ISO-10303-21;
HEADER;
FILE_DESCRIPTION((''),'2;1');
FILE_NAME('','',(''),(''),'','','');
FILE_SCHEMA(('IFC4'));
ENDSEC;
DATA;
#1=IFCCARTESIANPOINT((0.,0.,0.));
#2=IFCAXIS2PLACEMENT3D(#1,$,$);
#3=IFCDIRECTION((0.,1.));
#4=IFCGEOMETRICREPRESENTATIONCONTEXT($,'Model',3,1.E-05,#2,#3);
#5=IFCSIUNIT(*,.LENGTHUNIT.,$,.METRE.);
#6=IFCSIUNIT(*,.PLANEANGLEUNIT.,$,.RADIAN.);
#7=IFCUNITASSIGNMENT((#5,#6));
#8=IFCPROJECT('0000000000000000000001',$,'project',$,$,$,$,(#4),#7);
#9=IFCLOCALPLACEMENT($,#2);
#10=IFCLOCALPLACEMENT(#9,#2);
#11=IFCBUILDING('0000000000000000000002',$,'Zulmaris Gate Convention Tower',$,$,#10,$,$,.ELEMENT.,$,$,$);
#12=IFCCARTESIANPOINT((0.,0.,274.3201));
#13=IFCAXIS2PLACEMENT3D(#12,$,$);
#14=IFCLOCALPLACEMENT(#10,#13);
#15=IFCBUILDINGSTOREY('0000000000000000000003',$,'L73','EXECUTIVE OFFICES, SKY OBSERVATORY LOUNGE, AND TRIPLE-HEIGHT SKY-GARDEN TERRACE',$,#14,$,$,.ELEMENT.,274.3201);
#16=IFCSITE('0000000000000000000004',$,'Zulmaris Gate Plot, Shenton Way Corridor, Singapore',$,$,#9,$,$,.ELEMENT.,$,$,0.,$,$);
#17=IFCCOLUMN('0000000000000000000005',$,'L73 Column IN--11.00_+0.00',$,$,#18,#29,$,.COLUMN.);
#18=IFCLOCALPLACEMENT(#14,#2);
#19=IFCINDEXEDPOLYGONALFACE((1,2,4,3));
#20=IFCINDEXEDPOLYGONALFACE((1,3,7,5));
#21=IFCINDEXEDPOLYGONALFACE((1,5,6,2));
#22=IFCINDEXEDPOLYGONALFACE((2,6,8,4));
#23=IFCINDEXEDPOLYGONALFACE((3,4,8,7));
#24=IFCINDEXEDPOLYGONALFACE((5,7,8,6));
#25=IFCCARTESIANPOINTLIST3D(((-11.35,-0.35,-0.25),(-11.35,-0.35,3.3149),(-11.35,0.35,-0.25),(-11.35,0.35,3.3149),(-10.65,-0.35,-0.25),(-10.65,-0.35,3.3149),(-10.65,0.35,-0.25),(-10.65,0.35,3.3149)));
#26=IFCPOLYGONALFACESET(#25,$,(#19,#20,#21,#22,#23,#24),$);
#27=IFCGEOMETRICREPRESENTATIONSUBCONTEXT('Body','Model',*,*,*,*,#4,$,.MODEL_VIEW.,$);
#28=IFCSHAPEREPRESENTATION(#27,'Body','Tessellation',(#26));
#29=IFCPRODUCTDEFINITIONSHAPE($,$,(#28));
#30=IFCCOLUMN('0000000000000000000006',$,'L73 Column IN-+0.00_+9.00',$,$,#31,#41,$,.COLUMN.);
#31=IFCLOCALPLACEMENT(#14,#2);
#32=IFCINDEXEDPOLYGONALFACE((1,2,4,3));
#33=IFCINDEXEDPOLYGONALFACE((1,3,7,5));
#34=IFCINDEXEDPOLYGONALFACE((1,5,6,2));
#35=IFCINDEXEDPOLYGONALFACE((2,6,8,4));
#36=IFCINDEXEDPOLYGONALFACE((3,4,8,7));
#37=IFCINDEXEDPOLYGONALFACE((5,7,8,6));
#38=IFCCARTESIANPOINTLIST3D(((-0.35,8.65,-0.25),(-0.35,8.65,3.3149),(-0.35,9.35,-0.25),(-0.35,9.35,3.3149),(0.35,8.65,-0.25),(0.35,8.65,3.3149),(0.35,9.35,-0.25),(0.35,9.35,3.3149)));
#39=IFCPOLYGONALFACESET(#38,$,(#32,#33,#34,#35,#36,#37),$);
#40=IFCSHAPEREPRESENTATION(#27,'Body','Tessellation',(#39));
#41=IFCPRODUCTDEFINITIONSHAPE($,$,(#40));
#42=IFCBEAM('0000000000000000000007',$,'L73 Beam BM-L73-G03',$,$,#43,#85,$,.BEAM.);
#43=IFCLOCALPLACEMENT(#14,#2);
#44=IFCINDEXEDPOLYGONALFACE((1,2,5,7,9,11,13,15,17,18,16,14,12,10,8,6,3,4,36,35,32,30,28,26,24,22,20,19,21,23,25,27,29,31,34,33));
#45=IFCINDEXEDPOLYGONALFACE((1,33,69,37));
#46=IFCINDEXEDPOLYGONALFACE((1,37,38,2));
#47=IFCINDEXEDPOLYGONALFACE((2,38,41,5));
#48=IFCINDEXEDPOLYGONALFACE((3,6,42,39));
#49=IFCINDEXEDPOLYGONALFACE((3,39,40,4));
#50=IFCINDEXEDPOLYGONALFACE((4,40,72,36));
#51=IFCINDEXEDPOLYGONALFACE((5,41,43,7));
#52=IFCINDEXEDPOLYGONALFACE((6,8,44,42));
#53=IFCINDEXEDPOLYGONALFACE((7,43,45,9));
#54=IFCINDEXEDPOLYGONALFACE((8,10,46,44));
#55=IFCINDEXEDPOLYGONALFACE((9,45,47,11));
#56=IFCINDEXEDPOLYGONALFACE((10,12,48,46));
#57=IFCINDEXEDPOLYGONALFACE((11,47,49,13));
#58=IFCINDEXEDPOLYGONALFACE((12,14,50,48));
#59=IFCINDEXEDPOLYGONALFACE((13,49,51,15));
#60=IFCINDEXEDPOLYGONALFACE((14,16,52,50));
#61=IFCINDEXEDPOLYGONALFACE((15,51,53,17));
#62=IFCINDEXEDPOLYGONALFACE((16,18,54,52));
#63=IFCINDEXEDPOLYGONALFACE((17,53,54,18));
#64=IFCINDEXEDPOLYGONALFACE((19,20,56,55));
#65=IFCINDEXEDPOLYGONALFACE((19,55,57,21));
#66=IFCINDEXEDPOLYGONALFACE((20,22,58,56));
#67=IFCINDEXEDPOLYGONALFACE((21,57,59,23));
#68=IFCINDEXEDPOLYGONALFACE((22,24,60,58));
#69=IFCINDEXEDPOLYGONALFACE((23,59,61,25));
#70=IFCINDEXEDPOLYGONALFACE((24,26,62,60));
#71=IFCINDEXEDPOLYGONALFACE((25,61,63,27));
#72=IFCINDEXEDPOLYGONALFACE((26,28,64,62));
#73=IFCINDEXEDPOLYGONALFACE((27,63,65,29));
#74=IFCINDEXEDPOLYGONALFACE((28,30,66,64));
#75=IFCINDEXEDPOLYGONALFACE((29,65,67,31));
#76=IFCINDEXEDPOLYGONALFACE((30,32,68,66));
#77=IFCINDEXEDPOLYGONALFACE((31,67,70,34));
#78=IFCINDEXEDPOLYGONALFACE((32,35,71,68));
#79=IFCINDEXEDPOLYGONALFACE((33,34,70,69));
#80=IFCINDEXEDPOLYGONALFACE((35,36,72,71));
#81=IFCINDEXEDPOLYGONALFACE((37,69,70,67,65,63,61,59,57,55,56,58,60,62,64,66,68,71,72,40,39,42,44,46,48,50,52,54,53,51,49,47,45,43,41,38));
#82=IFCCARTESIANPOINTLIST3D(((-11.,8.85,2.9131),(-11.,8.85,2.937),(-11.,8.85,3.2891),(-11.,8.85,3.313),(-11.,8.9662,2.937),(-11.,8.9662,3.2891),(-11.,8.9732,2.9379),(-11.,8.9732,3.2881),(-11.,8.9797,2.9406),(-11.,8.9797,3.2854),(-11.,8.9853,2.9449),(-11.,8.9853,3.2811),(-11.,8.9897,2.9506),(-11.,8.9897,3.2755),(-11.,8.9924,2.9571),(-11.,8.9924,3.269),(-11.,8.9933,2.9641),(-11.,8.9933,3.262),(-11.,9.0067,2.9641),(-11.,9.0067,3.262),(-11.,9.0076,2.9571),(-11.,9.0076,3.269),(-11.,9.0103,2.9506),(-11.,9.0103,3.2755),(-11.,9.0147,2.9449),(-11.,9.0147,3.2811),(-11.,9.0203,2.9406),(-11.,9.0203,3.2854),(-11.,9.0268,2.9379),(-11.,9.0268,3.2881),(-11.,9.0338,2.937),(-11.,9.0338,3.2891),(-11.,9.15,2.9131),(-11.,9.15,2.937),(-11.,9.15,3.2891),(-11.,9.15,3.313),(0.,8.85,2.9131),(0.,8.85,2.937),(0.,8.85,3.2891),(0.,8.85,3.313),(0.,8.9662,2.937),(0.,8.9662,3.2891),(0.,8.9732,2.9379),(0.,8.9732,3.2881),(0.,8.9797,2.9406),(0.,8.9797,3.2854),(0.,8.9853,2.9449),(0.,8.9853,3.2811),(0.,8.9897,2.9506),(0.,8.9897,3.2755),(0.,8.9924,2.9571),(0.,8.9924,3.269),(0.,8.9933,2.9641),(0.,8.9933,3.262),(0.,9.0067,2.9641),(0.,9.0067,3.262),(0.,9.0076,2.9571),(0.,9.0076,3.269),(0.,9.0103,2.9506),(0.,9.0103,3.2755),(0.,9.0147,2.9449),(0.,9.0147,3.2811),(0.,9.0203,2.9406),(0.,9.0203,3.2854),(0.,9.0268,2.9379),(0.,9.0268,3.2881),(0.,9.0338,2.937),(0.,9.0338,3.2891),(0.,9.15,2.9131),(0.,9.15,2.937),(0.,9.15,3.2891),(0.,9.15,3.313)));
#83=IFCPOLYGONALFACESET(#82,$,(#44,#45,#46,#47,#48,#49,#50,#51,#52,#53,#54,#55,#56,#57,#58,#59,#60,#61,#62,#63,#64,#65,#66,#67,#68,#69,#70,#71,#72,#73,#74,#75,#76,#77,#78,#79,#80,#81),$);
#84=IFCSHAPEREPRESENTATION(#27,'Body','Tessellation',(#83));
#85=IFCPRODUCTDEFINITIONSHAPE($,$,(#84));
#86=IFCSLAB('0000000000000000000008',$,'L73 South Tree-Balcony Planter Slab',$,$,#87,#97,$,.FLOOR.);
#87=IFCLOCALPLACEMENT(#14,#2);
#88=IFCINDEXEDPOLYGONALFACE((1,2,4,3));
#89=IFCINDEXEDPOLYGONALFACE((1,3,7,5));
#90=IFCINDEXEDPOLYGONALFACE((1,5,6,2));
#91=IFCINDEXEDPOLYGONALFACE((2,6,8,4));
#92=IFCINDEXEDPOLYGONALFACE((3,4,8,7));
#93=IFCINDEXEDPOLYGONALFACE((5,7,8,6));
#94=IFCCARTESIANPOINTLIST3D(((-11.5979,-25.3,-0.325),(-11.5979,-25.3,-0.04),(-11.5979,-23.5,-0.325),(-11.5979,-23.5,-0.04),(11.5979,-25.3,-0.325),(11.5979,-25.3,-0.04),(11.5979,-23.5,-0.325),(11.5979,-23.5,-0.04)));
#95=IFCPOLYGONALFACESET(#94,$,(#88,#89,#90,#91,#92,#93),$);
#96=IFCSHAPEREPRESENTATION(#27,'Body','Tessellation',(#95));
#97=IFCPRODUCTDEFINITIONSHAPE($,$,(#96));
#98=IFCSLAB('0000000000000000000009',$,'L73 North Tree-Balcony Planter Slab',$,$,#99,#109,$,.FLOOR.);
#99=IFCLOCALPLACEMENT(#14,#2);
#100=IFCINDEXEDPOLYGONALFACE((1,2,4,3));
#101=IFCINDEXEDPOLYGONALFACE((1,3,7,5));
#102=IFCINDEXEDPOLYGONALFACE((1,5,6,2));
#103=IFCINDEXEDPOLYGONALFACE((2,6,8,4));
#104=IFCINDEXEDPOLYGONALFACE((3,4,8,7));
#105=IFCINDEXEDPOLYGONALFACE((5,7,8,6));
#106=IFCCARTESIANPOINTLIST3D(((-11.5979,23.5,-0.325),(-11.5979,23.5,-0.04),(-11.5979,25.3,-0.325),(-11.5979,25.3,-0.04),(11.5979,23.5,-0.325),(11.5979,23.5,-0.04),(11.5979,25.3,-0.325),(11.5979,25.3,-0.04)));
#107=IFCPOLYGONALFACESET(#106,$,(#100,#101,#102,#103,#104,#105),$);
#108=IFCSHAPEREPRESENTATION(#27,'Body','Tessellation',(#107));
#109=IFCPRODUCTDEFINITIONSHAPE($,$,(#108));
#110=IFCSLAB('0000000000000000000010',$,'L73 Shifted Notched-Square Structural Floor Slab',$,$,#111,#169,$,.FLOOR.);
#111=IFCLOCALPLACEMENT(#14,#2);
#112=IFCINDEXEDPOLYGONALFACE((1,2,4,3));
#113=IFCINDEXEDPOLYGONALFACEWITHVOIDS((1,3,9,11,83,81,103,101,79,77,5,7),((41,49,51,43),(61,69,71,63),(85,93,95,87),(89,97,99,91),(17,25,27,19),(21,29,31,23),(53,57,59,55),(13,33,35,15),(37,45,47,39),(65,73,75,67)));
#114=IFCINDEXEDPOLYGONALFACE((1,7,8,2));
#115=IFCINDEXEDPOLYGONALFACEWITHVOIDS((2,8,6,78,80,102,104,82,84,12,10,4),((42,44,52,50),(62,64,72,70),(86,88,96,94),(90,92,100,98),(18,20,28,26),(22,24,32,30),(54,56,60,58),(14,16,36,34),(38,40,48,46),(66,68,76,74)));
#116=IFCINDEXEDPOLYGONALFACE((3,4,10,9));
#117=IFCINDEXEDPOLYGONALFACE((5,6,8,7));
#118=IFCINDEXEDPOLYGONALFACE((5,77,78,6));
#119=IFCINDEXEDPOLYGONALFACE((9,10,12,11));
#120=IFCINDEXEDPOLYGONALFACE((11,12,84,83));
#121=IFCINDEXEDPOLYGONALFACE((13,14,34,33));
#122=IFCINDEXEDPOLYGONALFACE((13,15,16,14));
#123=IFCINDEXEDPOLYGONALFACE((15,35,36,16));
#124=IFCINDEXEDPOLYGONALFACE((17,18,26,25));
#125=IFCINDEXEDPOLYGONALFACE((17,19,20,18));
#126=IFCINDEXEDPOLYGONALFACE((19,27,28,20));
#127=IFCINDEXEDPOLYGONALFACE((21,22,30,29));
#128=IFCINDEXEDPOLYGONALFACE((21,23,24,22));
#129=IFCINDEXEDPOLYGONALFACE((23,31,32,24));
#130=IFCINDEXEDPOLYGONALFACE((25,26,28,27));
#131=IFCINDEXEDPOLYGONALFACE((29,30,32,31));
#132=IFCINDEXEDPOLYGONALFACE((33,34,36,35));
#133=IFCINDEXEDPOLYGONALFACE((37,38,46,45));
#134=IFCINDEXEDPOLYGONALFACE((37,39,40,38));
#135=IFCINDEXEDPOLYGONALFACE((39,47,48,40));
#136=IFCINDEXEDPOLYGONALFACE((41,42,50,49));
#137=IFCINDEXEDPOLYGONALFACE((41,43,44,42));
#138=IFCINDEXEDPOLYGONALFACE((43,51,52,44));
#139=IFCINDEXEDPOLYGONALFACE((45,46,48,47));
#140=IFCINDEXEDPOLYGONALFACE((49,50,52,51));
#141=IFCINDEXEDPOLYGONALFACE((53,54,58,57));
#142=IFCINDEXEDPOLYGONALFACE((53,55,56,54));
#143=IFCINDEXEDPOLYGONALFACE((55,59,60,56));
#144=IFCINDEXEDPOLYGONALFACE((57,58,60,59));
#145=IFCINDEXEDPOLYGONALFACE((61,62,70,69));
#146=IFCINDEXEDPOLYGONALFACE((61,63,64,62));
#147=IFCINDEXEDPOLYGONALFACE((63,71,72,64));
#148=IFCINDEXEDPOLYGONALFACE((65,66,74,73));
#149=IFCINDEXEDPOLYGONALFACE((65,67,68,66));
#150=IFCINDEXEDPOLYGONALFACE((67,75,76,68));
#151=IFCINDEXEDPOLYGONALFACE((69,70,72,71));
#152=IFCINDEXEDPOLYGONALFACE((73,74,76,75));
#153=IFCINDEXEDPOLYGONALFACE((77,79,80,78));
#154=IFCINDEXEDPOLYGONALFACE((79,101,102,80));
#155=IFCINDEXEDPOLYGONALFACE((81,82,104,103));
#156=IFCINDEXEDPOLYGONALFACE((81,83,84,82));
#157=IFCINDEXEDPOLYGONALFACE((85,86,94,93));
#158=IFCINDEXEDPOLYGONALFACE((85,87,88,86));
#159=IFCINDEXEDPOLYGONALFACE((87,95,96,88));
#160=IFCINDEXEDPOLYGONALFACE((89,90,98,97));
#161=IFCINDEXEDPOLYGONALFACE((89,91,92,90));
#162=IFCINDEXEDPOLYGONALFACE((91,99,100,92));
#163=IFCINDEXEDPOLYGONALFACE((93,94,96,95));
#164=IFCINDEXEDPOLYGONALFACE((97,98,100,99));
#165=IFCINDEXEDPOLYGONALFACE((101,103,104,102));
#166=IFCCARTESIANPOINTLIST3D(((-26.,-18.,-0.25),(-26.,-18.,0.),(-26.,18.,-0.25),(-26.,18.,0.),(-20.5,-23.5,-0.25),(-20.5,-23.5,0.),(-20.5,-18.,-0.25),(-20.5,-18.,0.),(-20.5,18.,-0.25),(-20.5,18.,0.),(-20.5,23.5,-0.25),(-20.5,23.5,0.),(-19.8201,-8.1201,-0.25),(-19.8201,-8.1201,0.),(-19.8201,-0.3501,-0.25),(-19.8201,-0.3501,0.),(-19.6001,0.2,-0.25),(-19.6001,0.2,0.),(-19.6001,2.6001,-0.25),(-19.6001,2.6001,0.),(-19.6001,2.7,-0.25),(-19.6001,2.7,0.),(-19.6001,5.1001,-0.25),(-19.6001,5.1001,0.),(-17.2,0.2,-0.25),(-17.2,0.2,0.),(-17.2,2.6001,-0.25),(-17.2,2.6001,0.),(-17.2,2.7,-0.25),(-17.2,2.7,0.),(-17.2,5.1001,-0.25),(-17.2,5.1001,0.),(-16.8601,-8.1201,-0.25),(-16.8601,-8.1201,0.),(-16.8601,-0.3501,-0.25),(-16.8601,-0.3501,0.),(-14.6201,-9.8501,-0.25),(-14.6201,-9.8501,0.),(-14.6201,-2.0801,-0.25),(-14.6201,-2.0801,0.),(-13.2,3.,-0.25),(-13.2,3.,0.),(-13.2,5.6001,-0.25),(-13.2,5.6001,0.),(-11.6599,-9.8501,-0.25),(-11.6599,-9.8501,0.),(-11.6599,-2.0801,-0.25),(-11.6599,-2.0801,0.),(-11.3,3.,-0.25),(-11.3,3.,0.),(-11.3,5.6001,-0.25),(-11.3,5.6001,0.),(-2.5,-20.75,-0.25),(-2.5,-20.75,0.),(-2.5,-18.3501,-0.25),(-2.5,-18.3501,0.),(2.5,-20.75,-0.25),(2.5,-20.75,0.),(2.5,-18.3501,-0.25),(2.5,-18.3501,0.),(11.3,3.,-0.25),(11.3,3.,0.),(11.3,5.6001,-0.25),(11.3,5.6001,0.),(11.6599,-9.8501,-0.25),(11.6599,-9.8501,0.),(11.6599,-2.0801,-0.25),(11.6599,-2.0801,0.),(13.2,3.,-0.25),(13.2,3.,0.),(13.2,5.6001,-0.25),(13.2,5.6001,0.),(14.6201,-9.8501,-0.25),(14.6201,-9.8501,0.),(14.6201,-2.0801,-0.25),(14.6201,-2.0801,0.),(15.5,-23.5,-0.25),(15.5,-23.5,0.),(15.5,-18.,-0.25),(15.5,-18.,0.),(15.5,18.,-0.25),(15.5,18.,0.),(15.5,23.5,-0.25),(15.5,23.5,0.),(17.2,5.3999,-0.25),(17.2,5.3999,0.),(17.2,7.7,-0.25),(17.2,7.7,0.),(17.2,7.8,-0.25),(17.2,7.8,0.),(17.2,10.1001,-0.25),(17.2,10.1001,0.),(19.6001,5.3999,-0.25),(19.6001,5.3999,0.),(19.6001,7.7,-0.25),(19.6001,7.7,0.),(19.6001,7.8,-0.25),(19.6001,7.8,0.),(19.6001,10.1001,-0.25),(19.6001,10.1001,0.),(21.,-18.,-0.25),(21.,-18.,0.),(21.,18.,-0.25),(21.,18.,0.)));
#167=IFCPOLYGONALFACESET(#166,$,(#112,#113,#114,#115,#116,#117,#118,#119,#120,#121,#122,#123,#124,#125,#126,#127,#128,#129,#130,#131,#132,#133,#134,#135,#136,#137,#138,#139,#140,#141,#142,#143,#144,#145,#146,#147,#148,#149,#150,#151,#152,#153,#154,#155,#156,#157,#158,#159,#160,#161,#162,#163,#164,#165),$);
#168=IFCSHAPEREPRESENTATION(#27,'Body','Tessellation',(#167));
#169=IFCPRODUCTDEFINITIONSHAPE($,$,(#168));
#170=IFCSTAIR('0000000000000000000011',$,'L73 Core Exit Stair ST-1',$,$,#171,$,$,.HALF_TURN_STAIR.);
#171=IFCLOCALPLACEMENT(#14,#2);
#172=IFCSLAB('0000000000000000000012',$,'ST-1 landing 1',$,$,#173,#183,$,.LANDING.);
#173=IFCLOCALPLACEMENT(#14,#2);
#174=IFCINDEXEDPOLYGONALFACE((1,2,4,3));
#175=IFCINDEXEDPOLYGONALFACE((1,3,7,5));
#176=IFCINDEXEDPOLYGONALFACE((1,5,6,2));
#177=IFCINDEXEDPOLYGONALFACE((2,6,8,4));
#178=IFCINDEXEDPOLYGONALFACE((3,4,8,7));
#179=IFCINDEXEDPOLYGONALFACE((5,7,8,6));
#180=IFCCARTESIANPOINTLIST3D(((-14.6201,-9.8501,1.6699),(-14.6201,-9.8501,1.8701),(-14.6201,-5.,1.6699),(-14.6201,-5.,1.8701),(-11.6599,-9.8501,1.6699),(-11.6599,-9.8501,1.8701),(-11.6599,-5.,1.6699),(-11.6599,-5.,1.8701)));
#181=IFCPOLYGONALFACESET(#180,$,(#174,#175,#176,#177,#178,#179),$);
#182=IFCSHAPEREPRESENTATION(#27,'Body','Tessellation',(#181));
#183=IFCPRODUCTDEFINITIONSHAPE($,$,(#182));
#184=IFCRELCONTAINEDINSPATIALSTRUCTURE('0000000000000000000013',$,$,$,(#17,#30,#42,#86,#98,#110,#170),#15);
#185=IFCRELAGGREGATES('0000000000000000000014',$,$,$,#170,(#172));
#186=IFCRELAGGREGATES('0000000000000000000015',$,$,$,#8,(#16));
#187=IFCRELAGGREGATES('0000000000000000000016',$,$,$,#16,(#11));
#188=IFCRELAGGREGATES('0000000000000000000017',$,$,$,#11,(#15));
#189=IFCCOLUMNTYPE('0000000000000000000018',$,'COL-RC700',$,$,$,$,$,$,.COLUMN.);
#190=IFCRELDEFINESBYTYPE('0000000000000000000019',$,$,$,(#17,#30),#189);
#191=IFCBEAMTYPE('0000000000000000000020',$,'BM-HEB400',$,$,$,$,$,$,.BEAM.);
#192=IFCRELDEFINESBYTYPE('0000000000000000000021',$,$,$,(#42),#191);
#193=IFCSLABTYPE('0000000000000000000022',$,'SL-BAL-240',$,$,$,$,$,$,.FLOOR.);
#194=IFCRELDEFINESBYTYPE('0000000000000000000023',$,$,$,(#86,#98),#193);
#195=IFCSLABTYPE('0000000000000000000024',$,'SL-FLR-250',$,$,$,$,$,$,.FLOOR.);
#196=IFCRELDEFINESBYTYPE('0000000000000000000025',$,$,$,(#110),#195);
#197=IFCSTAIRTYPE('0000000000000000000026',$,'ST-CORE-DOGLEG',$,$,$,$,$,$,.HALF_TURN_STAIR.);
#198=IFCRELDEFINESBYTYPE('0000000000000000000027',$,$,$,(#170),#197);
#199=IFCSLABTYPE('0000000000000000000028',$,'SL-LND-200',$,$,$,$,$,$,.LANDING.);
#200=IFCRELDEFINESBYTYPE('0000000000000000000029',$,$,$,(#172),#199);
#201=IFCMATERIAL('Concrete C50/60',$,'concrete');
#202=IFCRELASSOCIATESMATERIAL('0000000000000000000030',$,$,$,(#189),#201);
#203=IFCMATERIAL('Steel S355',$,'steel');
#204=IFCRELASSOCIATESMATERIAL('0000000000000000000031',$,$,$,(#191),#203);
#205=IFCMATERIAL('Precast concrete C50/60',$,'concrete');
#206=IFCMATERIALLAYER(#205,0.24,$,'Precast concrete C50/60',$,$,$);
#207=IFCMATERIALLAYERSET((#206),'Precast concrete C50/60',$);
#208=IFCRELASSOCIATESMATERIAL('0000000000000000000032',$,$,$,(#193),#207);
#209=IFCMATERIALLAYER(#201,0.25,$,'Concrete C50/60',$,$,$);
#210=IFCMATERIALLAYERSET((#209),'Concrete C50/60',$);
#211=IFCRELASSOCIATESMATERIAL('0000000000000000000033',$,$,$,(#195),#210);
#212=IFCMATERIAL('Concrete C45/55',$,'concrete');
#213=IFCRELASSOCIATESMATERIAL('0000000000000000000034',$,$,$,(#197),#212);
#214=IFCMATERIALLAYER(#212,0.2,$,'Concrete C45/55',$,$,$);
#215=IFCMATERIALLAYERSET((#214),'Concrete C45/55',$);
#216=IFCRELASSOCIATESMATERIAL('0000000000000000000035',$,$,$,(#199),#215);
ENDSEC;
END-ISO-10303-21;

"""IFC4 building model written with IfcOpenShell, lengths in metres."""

from ifc_helpers import new_model, si_unit, direction, frame, origin, origin_2d, place, context, subcontext, project, spatial, polyline, rectangle, i_section, outline, extrude, material, layer, layer_set, material_profile, profile_set, type_object, element, aggregate, save


model = new_model("IFC4")

# Units and contexts
model_context = context("Model", 3, precision=1e-05, world=origin(), true_north=direction((0.0, 1.0)))
body_context = subcontext(model_context, "Body", "Model", "MODEL_VIEW")
ifc_project = project(units=[si_unit("LENGTHUNIT", "METRE"), si_unit("PLANEANGLEUNIT", "RADIAN")], contexts=[model_context])

# Site, building, storey
site_placement = place(None, origin())
site = spatial("IfcSite", under=ifc_project, at=site_placement, Name="Zulmaris Gate Plot, Shenton Way Corridor, Singapore", CompositionType="ELEMENT", RefElevation=0.0)
building_placement = place(site_placement, origin())
building = spatial("IfcBuilding", under=site, at=building_placement, Name="Zulmaris Gate Convention Tower", CompositionType="ELEMENT")
storey_placement = place(building_placement, frame((0.0, 0.0, 274.3201)))
storey = spatial("IfcBuildingStorey", under=building, at=storey_placement, Name="L73", Description="EXECUTIVE OFFICES, SKY OBSERVATORY LOUNGE, AND TRIPLE-HEIGHT SKY-GARDEN TERRACE", CompositionType="ELEMENT", Elevation=274.3201)

# Columns
ifc_material_1 = material(Name="Concrete C50/60", Category="concrete")
ifc_material_profile_1 = material_profile(ifc_material_1, rectangle(XDim=0.7, YDim=0.7, at=origin_2d()), Name="RC COL 700x700")
ifc_profile_set_1 = profile_set([ifc_material_profile_1], Name="Concrete C50/60")
column_type = type_object("IfcColumnType", Name="COL-RC700", PredefinedType="COLUMN", material=ifc_profile_set_1)
for number, where, z_axis, x_axis, name in (
    (1, (-11.0, 0.0, -0.25), (0.0, 0.0, 1.0), (1.0, 0.0, 0.0), "L73 Column IN--11.00_+0.00"),
    (2, (0.0, 9.0, -0.25), (0.0, 0.0, 1.0), (1.0, 0.0, 0.0), "L73 Column IN-+0.00_+9.00"),
):
    element("IfcColumn", number, at=place(storey_placement, frame(where, z_axis=z_axis, x_axis=x_axis)), inside=storey, type_object=column_type, Name=name, PredefinedType="COLUMN", context=body_context, shape_type="SweptSolid", body=[
        extrude(rectangle(XDim=0.7, YDim=0.7, at=origin_2d()), origin(), (0.0, 0.0, 1.0), 3.5649),
    ])

# Beam
ifc_material_2 = material(Name="Steel S355", Category="steel")
ifc_material_profile_2 = material_profile(ifc_material_2, i_section(OverallWidth=0.3, OverallDepth=0.3999, WebThickness=0.0134, FlangeThickness=0.0239, FilletRadius=0.0271, at=origin_2d()), Name="HEB 400")
ifc_profile_set_2 = profile_set([ifc_material_profile_2], Name="Steel S355")
beam_type = type_object("IfcBeamType", Name="BM-HEB400", PredefinedType="BEAM", material=ifc_profile_set_2)
beam_placement = place(storey_placement, frame((-11.0, 9.0, 3.113), z_axis=(1.0, 0.0, 0.0), x_axis=(0.0, 1.0, 0.0)))
element("IfcBeam", 3, at=beam_placement, inside=storey, type_object=beam_type, Name="L73 Beam BM-L73-G03", PredefinedType="BEAM", context=body_context, shape_type="SweptSolid", body=[
    extrude(i_section(OverallWidth=0.3, OverallDepth=0.3999, WebThickness=0.0134, FlangeThickness=0.0239, FilletRadius=0.0271, at=origin_2d()), origin(), (0.0, 0.0, 1.0), 11.0),
])

# Slabs
ifc_material_3 = material(Name="Precast concrete C50/60", Category="concrete")
ifc_layer_1 = layer(ifc_material_3, 0.24, Name="Precast concrete C50/60")
ifc_layer_set_1 = layer_set([ifc_layer_1], Name="Precast concrete C50/60")
slab_type_1 = type_object("IfcSlabType", Name="SL-BAL-240", PredefinedType="FLOOR", material=ifc_layer_set_1)
slab_1_placement = place(storey_placement, frame((0.0, 0.0, -0.325)))
element("IfcSlab", 4, at=slab_1_placement, inside=storey, type_object=slab_type_1, Name="L73 South Tree-Balcony Planter Slab", PredefinedType="FLOOR", context=body_context, shape_type="SweptSolid", body=[
    extrude(outline(polyline([(-11.5979, -25.3), (-11.5979, -23.5), (11.5979, -23.5), (11.5979, -25.3), (-11.5979, -25.3)])), origin(), (0.0, 0.0, 1.0), 0.2849),
])
slab_2_placement = place(storey_placement, frame((0.0, 0.0, -0.325)))
element("IfcSlab", 5, at=slab_2_placement, inside=storey, type_object=slab_type_1, Name="L73 North Tree-Balcony Planter Slab", PredefinedType="FLOOR", context=body_context, shape_type="SweptSolid", body=[
    extrude(outline(polyline([(11.5979, 25.3), (11.5979, 23.5), (-11.5979, 23.5), (-11.5979, 25.3), (11.5979, 25.3)])), origin(), (0.0, 0.0, 1.0), 0.2849),
])
ifc_layer_2 = layer(ifc_material_1, 0.25, Name="Concrete C50/60")
ifc_layer_set_2 = layer_set([ifc_layer_2], Name="Concrete C50/60")
slab_type_2 = type_object("IfcSlabType", Name="SL-FLR-250", PredefinedType="FLOOR", material=ifc_layer_set_2)
slab_3_placement = place(storey_placement, frame((0.0, 0.0, -0.25)))
element("IfcSlab", 6, at=slab_3_placement, inside=storey, type_object=slab_type_2, Name="L73 Shifted Notched-Square Structural Floor Slab", PredefinedType="FLOOR", context=body_context, shape_type="SweptSolid", body=[
    extrude(outline(polyline([(-20.5, -23.5), (15.5, -23.5), (15.5, -18.0), (21.0, -18.0), (21.0, 18.0), (15.5, 18.0), (15.5, 23.5), (-20.5, 23.5), (-20.5, 18.0), (-26.0, 18.0), (-26.0, -18.0), (-20.5, -18.0), (-20.5, -23.5)]), holes=[polyline([(-14.6201, -2.0801), (-14.6201, -9.8501), (-11.6599, -9.8501), (-11.6599, -2.0801), (-14.6201, -2.0801)]), polyline([(11.6599, -2.0801), (11.6599, -9.8501), (14.6201, -9.8501), (14.6201, -2.0801), (11.6599, -2.0801)]), polyline([(-16.8601, -8.1201), (-16.8601, -0.3501), (-19.8201, -0.3501), (-19.8201, -8.1201), (-16.8601, -8.1201)]), polyline([(-13.2, 3.0), (-11.3, 3.0), (-11.3, 5.6001), (-13.2, 5.6001), (-13.2, 3.0)]), polyline([(11.3, 3.0), (13.2, 3.0), (13.2, 5.6001), (11.3, 5.6001), (11.3, 3.0)]), polyline([(17.2, 5.3999), (19.6001, 5.3999), (19.6001, 7.7), (17.2, 7.7), (17.2, 5.3999)]), polyline([(17.2, 7.8), (19.6001, 7.8), (19.6001, 10.1001), (17.2, 10.1001), (17.2, 7.8)]), polyline([(-19.6001, 0.2), (-17.2, 0.2), (-17.2, 2.6001), (-19.6001, 2.6001), (-19.6001, 0.2)]), polyline([(-19.6001, 2.7), (-17.2, 2.7), (-17.2, 5.1001), (-19.6001, 5.1001), (-19.6001, 2.7)]), polyline([(-2.5, -20.75), (2.5, -20.75), (2.5, -18.3501), (-2.5, -18.3501), (-2.5, -20.75)])]), origin(), (0.0, 0.0, 1.0), 0.25),
])

# Stair, slab
ifc_material_4 = material(Name="Concrete C45/55", Category="concrete")
stair_type = type_object("IfcStairType", Name="ST-CORE-DOGLEG", PredefinedType="HALF_TURN_STAIR", material=ifc_material_4)
stair_1_placement = place(storey_placement, origin())
stair_1 = element("IfcStair", 7, at=stair_1_placement, inside=storey, type_object=stair_type, Name="L73 Core Exit Stair ST-1", PredefinedType="HALF_TURN_STAIR")
ifc_layer_3 = layer(ifc_material_4, 0.2, Name="Concrete C45/55")
ifc_layer_set_3 = layer_set([ifc_layer_3], Name="Concrete C45/55")
slab_type_3 = type_object("IfcSlabType", Name="SL-LND-200", PredefinedType="LANDING", material=ifc_layer_set_3)
slab_4_placement = place(storey_placement, frame((0.0, 0.0, 1.6699)))
slab_4 = element("IfcSlab", 8, at=slab_4_placement, type_object=slab_type_3, Name="ST-1 landing 1", PredefinedType="LANDING", context=body_context, shape_type="SweptSolid", body=[
    extrude(outline(polyline([(-14.6201, -5.0), (-14.6201, -9.8501), (-11.6599, -9.8501), (-11.6599, -5.0), (-14.6201, -5.0)])), origin(), (0.0, 0.0, 1.0), 0.2002),
])
aggregate(stair_1, [slab_4])

save(model, "model.ifc")
